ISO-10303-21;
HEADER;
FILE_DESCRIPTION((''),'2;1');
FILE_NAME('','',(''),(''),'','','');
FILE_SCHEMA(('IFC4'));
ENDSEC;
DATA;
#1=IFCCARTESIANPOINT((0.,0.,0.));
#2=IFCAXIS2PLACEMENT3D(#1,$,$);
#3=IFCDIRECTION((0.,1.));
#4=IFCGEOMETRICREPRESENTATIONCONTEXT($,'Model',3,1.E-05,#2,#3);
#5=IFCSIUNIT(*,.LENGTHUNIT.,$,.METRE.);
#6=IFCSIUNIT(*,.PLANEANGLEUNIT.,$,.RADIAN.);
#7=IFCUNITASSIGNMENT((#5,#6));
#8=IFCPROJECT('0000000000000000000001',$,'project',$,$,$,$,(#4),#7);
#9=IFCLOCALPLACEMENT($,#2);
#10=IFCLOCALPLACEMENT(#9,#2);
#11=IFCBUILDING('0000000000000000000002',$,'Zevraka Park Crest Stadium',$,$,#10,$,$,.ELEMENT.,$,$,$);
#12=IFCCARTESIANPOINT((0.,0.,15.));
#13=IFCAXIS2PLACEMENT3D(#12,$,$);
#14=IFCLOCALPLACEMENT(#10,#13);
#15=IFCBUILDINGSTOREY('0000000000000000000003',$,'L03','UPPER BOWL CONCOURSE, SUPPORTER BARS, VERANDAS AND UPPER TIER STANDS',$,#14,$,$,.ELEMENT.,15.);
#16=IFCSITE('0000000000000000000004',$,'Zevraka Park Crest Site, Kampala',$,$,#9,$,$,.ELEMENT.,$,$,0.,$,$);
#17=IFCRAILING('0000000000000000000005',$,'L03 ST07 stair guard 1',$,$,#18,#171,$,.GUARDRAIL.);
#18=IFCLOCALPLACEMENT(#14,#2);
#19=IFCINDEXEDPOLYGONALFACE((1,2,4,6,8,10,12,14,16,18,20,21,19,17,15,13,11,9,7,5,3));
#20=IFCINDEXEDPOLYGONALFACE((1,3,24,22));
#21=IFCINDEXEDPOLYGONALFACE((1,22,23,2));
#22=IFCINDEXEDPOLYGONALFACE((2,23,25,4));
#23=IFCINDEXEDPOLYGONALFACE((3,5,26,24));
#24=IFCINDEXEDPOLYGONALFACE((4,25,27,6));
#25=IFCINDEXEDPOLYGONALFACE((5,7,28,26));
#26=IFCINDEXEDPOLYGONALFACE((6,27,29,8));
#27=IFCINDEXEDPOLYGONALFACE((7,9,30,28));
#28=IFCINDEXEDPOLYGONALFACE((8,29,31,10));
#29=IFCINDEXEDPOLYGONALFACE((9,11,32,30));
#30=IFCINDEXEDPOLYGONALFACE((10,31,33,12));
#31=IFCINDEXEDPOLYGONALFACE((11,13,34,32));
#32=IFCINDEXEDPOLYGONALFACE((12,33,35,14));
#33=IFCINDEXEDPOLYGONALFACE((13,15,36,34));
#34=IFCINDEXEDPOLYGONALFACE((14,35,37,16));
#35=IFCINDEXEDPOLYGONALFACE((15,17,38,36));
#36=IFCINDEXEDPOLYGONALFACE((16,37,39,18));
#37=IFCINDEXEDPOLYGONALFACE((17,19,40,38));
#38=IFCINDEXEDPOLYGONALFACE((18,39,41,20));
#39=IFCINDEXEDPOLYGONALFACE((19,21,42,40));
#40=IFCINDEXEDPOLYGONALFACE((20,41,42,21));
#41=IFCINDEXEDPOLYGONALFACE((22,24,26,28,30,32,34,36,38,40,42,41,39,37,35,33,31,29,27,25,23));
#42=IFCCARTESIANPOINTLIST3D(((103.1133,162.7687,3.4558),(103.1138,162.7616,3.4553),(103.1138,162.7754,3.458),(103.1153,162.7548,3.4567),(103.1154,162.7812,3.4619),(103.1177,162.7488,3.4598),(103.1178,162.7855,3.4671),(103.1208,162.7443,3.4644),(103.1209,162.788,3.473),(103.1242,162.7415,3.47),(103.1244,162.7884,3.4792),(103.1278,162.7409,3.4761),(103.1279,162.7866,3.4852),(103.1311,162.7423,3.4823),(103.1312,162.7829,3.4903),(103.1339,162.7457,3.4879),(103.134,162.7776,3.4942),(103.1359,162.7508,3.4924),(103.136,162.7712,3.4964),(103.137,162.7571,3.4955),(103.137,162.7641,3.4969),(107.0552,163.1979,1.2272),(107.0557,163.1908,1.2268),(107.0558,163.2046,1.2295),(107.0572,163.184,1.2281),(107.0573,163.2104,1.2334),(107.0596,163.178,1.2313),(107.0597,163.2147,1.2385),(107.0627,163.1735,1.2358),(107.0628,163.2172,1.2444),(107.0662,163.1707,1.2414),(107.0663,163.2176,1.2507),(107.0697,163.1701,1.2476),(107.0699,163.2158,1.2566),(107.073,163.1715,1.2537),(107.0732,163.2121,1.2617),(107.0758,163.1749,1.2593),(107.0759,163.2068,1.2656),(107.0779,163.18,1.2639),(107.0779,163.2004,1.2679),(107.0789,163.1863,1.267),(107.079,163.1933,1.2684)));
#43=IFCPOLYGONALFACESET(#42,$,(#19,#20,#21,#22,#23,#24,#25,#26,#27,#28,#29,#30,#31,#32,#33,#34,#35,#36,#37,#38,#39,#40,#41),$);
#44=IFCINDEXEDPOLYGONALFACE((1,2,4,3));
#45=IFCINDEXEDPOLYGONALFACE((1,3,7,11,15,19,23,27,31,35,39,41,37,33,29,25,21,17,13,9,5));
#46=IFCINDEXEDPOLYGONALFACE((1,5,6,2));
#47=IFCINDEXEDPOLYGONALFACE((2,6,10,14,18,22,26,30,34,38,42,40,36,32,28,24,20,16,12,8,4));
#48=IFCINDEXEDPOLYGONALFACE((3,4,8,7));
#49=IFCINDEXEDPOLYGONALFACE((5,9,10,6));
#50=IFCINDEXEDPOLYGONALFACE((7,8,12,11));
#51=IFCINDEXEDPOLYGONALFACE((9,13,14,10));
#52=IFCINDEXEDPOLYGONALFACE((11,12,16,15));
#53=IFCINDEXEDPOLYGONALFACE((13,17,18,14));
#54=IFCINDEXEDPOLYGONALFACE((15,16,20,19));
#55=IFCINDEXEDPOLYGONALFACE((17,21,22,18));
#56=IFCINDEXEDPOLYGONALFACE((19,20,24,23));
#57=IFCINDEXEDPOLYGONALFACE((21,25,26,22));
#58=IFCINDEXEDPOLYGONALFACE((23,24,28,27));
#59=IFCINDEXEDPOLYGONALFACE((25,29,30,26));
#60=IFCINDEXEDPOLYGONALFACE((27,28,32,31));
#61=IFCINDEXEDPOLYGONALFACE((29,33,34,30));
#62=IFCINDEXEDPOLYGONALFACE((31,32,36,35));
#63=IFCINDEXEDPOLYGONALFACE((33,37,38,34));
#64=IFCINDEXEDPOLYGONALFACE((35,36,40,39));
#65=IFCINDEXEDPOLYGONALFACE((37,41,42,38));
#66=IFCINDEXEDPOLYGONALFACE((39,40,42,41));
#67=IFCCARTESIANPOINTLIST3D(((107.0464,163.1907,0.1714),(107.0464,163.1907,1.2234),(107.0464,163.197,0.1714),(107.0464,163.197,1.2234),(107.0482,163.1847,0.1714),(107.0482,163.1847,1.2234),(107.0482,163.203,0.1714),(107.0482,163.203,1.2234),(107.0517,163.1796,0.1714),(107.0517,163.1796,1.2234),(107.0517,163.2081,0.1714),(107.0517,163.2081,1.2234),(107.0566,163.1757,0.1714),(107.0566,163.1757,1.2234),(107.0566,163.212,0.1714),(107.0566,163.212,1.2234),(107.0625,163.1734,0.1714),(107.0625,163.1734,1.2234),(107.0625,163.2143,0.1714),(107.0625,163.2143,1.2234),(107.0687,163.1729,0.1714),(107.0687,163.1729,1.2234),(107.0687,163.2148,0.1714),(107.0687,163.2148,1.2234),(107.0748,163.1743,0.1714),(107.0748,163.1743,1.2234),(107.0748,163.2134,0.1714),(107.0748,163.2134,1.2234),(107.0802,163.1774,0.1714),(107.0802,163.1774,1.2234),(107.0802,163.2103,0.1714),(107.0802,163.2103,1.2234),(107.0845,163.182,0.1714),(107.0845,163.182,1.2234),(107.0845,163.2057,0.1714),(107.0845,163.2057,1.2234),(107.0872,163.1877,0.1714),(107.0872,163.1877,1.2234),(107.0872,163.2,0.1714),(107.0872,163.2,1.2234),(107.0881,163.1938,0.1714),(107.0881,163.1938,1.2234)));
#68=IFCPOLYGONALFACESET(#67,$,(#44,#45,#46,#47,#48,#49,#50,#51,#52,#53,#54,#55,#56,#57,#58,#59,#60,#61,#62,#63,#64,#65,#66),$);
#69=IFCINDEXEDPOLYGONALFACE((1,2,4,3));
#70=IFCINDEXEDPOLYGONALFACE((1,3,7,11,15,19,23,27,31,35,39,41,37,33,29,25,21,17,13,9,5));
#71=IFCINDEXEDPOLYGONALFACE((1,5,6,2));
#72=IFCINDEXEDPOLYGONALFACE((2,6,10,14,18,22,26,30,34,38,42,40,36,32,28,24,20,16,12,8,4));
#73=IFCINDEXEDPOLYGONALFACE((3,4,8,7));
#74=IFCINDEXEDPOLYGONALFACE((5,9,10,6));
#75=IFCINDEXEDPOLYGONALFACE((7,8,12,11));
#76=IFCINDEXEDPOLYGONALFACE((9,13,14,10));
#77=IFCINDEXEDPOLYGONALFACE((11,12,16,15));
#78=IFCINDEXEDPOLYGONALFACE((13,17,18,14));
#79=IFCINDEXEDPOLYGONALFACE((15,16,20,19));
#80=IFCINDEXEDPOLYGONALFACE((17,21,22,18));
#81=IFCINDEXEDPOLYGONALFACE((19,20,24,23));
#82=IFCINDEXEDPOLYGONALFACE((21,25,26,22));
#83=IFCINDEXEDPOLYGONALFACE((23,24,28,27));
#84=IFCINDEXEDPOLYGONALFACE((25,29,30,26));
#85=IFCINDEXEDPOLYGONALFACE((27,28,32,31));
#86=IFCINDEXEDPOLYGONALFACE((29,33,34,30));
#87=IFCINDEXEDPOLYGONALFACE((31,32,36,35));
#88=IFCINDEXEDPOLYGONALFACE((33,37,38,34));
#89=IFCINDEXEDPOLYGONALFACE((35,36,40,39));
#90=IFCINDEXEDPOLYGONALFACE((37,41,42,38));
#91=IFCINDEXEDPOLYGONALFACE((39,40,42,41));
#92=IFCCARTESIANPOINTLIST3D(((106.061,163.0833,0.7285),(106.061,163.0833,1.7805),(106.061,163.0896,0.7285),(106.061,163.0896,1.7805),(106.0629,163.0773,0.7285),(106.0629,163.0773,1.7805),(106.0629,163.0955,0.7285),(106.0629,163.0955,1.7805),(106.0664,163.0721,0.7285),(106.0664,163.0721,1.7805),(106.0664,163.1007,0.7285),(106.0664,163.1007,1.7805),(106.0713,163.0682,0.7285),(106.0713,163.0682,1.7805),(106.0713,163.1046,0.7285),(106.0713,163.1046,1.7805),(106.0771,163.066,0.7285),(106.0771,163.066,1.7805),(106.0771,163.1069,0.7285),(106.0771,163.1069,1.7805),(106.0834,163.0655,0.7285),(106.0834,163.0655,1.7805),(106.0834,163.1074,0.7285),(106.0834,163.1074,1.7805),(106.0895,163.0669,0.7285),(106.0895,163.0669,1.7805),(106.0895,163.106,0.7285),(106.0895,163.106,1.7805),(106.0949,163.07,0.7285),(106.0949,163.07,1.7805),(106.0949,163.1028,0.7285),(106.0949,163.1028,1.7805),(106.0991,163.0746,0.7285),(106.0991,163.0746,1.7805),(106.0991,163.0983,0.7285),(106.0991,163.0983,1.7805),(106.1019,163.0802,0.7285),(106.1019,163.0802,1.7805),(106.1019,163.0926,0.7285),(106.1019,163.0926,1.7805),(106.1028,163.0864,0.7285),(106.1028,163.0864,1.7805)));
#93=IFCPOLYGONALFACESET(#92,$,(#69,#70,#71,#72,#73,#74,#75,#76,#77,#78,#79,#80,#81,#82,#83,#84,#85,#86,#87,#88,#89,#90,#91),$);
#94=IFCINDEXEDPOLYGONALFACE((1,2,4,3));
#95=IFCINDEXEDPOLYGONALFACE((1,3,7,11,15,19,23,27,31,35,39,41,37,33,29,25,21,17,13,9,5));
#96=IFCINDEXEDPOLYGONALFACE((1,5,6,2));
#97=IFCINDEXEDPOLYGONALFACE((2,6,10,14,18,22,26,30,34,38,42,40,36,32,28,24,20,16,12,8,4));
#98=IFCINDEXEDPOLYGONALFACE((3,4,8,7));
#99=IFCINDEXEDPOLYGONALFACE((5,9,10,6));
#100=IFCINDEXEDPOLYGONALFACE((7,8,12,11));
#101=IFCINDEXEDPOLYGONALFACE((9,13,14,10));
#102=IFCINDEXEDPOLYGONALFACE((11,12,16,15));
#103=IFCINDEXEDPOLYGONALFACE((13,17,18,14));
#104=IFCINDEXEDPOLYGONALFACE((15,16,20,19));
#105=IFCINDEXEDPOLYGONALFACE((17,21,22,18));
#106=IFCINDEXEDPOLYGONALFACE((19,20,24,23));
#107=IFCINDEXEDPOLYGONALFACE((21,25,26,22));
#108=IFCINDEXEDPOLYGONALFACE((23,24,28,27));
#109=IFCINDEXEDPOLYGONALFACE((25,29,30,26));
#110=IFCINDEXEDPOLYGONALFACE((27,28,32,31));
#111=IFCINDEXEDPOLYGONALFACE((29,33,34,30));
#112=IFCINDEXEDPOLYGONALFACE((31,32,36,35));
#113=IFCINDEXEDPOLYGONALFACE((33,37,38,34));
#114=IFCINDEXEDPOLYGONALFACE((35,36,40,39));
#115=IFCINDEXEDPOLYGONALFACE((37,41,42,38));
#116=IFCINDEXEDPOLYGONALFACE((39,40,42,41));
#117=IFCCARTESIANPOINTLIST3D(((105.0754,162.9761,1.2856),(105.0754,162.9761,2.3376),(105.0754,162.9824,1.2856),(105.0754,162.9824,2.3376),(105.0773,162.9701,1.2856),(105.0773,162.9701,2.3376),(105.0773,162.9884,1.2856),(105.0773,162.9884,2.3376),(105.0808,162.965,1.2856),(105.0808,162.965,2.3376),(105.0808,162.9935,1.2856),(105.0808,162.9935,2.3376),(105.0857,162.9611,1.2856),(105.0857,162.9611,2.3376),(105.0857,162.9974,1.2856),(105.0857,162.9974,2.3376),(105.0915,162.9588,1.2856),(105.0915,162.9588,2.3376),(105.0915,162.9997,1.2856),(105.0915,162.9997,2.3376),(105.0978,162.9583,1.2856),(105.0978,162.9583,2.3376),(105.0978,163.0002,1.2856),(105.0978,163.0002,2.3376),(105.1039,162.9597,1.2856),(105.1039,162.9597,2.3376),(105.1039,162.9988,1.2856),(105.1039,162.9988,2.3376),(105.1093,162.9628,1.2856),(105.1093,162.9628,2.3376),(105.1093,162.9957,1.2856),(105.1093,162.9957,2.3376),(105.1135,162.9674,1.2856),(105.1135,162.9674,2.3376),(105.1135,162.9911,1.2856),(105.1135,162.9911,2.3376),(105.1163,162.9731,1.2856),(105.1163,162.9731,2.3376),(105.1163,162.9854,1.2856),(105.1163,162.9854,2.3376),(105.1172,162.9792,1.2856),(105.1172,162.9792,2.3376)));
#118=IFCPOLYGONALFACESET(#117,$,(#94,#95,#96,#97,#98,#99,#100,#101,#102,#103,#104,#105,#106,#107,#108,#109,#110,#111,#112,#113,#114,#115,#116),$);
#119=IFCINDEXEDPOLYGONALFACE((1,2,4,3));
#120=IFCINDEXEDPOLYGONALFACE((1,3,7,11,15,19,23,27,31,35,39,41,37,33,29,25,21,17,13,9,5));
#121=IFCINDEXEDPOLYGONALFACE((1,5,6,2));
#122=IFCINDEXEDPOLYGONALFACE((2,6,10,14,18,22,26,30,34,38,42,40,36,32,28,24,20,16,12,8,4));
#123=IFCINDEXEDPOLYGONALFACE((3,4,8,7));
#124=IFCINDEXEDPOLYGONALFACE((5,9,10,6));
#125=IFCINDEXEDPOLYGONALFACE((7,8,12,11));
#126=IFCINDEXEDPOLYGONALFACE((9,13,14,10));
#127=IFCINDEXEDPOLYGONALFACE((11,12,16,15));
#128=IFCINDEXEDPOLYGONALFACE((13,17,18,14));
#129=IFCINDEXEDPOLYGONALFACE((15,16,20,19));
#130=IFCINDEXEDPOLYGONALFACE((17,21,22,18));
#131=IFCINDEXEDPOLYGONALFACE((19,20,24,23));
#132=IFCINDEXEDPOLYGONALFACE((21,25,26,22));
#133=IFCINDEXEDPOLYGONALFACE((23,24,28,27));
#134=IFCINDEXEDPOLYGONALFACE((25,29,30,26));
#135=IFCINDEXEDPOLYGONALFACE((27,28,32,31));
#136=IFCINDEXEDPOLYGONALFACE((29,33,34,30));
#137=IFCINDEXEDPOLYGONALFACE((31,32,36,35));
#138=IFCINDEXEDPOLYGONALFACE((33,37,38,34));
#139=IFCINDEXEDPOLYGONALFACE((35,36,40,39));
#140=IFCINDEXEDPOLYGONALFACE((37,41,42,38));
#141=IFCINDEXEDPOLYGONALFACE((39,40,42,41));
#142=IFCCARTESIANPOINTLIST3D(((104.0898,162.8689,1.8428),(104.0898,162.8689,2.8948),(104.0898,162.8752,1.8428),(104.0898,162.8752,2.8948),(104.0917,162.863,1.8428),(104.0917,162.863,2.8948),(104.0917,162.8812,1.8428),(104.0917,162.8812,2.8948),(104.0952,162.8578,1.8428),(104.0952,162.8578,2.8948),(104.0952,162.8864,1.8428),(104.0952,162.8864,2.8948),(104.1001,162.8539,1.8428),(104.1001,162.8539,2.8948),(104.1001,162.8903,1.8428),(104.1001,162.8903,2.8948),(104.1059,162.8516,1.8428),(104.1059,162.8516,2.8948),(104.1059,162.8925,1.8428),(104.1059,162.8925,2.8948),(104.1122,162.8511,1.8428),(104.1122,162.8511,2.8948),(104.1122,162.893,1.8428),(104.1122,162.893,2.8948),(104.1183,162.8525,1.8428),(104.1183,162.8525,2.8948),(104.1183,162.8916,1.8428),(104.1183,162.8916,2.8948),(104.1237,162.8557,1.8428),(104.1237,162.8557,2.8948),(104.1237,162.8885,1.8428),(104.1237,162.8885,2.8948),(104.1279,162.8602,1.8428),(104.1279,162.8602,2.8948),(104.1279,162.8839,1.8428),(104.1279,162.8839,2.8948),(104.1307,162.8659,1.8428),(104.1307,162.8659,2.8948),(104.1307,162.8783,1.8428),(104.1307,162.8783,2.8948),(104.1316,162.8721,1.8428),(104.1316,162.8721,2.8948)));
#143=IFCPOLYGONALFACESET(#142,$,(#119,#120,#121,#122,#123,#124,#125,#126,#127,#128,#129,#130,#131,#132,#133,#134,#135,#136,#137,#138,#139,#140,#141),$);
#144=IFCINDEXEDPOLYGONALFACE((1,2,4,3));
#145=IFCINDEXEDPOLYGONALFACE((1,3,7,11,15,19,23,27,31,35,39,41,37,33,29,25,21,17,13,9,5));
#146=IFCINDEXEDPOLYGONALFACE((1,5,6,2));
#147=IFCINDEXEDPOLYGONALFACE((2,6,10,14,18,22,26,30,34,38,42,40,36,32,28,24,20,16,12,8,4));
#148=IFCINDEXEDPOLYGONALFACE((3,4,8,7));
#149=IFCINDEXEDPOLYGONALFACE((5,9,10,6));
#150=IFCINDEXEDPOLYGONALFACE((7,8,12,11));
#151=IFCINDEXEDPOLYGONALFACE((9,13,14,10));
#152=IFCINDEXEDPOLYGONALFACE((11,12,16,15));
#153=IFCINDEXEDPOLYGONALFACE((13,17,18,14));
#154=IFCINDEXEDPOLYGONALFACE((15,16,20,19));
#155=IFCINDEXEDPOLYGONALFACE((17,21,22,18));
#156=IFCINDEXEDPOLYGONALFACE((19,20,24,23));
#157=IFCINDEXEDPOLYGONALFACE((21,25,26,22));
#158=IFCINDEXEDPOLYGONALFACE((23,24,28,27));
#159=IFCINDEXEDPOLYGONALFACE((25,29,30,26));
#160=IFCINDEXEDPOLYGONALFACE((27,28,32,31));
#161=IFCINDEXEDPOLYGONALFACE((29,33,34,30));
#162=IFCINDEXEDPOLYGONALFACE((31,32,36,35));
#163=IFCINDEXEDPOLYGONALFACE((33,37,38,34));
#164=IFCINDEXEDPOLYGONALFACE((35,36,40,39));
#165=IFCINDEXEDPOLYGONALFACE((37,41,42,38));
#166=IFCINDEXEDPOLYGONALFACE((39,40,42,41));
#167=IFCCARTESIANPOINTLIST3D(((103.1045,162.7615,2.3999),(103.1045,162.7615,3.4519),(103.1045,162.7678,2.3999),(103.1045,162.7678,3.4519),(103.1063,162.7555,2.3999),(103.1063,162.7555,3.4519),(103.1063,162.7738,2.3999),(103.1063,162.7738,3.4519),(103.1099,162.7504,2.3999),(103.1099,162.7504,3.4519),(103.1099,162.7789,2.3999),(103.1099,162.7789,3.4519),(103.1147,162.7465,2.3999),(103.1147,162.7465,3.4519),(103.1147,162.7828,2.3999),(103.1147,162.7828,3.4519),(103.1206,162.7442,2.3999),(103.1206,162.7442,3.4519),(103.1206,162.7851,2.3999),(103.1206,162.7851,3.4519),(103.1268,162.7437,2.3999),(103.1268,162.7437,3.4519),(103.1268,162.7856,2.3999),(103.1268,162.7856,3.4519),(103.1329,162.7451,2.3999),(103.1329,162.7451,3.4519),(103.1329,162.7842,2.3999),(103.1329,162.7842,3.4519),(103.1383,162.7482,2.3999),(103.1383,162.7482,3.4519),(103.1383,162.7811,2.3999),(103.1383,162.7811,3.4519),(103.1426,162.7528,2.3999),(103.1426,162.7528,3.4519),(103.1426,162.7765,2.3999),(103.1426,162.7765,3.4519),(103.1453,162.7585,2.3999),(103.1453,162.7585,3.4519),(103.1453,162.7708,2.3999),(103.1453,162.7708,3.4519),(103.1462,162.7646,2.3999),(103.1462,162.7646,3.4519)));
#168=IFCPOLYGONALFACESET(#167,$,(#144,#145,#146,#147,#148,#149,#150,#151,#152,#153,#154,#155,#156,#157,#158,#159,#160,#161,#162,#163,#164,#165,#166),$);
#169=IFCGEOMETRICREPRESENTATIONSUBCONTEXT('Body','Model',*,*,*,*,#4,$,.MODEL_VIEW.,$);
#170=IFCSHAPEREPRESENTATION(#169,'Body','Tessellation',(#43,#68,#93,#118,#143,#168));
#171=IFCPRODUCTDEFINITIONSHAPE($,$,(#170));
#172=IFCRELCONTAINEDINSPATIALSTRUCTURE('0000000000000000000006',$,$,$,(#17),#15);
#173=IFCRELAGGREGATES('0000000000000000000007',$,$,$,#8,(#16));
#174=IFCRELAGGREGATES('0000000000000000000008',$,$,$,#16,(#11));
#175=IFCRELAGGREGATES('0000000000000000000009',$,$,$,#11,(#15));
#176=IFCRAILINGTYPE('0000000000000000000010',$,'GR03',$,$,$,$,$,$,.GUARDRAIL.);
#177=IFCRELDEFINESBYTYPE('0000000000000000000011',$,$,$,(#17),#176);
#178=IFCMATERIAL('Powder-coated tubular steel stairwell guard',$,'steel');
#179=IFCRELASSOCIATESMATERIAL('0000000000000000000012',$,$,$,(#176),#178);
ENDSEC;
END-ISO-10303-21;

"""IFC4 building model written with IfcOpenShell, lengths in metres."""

from ifc_helpers import new_model, si_unit, direction, frame, origin, origin_2d, place, context, subcontext, project, spatial, circle, extrude, material, type_object, element, save


model = new_model("IFC4")

# Units and contexts
model_context = context("Model", 3, precision=1e-05, world=origin(), true_north=direction((0.0, 1.0)))
body_context = subcontext(model_context, "Body", "Model", "MODEL_VIEW")
ifc_project = project(units=[si_unit("LENGTHUNIT", "METRE"), si_unit("PLANEANGLEUNIT", "RADIAN")], contexts=[model_context])

# Site, building, storey
site_placement = place(None, origin())
site = spatial("IfcSite", under=ifc_project, at=site_placement, Name="Zevraka Park Crest Site, Kampala", CompositionType="ELEMENT", RefElevation=0.0)
building_placement = place(site_placement, origin())
building = spatial("IfcBuilding", under=site, at=building_placement, Name="Zevraka Park Crest Stadium", CompositionType="ELEMENT")
storey_placement = place(building_placement, frame((0.0, 0.0, 15.0)))
storey = spatial("IfcBuildingStorey", under=building, at=storey_placement, Name="L03", Description="UPPER BOWL CONCOURSE, SUPPORTER BARS, VERANDAS AND UPPER TIER STANDS", CompositionType="ELEMENT", Elevation=15.0)

# Railing
ifc_material_1 = material(Name="Powder-coated tubular steel stairwell guard", Category="steel")
railing_type_1 = type_object("IfcRailingType", Name="GR03", PredefinedType="GUARDRAIL", material=ifc_material_1)
railing_1_placement = place(storey_placement, frame((107.0671, 163.1938, 0.1714)))
element("IfcRailing", 1, at=railing_1_placement, inside=storey, type_object=railing_type_1, Name="L03 ST07 stair guard 1", PredefinedType="GUARDRAIL", context=body_context, shape_type="SweptSolid", body=[
    extrude(circle(Radius=0.0239, at=origin_2d()), frame((0.0, 0.0, 1.0762), z_axis=(-0.866633, -0.09436, 0.489943), x_axis=(0.108242, -0.994125, 0.0)), (0.0, 0.0, 1.0), 4.5486),
    extrude(circle(Radius=0.021, at=origin_2d()), origin(), (0.0, 0.0, 1.0), 1.052),
    extrude(circle(Radius=0.021, at=origin_2d()), frame((-0.9854, -0.1074, 0.5571)), (0.0, 0.0, 1.0), 1.052),
    extrude(circle(Radius=0.021, at=origin_2d()), frame((-1.9709, -0.2146, 1.1143)), (0.0, 0.0, 1.0), 1.052),
    extrude(circle(Radius=0.021, at=origin_2d()), frame((-2.9565, -0.3218, 1.6714)), (0.0, 0.0, 1.0), 1.052),
    extrude(circle(Radius=0.021, at=origin_2d()), frame((-3.9419, -0.4292, 2.2285)), (0.0, 0.0, 1.0), 1.052),
])

save(model, "model.ifc")
